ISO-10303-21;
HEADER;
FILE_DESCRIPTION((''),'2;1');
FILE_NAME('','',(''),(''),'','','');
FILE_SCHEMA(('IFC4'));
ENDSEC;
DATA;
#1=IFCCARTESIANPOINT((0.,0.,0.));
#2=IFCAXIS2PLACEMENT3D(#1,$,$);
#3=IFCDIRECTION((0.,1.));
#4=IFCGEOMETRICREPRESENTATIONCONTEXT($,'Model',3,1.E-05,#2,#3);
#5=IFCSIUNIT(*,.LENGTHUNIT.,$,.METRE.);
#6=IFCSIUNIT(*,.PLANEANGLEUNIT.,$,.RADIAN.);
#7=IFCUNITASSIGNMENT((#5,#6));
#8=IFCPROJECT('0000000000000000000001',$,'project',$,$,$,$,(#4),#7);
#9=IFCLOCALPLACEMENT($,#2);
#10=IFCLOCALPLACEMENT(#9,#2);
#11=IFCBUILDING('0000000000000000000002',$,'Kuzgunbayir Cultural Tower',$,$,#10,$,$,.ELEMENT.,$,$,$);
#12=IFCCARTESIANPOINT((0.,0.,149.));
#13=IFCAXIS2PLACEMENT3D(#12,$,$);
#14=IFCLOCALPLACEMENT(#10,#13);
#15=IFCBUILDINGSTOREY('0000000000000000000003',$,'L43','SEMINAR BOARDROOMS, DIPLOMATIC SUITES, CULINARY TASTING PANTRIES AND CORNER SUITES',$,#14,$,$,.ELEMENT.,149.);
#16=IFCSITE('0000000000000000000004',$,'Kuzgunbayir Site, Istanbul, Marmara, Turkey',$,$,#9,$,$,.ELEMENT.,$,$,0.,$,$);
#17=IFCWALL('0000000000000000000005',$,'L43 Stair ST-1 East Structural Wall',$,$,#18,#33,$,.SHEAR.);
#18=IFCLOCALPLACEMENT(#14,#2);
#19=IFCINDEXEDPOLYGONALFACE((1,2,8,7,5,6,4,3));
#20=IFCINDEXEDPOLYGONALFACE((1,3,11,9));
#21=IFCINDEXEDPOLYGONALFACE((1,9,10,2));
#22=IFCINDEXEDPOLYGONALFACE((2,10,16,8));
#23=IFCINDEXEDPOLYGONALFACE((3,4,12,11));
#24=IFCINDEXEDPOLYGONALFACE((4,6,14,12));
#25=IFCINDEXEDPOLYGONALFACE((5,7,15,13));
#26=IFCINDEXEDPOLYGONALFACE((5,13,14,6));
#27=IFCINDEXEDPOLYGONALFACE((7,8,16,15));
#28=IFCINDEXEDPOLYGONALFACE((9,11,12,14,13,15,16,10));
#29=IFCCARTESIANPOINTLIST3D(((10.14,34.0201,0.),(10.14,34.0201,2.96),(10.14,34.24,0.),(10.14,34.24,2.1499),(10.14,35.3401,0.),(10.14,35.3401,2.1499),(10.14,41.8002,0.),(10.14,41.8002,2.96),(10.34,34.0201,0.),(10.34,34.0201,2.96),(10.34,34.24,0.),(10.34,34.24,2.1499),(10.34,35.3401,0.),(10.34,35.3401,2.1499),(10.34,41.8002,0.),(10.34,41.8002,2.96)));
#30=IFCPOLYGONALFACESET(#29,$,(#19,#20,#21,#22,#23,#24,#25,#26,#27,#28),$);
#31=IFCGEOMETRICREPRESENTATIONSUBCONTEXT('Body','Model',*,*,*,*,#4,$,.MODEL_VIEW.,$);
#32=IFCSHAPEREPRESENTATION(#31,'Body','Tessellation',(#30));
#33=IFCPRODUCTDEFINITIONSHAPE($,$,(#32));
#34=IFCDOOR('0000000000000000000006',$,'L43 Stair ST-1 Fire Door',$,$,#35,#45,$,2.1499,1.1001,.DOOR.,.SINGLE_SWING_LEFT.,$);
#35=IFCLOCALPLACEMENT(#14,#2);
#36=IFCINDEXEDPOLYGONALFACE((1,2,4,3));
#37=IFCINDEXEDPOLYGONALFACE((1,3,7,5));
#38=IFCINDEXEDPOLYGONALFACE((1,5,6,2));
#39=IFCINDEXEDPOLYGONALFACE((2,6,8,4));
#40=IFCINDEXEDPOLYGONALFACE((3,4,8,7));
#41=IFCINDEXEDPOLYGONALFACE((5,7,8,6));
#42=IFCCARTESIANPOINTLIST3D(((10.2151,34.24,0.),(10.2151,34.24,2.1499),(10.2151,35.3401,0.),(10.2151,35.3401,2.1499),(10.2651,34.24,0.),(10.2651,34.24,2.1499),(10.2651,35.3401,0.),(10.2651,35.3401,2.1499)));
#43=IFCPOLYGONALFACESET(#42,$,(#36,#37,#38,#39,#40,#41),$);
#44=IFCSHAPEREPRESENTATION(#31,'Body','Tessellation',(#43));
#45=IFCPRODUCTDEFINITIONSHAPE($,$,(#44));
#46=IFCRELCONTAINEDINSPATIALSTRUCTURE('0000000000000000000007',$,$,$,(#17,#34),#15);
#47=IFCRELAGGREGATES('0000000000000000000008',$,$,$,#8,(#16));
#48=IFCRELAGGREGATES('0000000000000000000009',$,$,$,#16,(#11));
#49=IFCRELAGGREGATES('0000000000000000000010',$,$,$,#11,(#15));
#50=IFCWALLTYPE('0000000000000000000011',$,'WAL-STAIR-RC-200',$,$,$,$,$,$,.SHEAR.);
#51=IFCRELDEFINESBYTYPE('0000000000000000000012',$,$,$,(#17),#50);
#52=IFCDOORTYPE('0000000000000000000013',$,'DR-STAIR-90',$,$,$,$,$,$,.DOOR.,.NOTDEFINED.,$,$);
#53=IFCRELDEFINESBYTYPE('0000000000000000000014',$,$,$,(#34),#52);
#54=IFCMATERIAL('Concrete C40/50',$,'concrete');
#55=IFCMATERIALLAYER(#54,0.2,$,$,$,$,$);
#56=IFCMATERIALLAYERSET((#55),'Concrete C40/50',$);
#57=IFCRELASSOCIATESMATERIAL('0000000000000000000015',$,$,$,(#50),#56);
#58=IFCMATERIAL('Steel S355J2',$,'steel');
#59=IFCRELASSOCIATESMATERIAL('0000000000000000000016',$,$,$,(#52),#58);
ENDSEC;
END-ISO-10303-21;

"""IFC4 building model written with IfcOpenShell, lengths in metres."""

from ifc_helpers import new_model, si_unit, direction, frame, frame_2d, origin, place, context, subcontext, project, spatial, rectangle, extrude, material, layer, layer_set, type_object, element, fill, save


model = new_model("IFC4")

# Units and contexts
model_context = context("Model", 3, precision=1e-05, world=origin(), true_north=direction((0.0, 1.0)))
body_context = subcontext(model_context, "Body", "Model", "MODEL_VIEW")
ifc_project = project(units=[si_unit("LENGTHUNIT", "METRE"), si_unit("PLANEANGLEUNIT", "RADIAN")], contexts=[model_context])

# Site, building, storey
site_placement = place(None, origin())
site = spatial("IfcSite", under=ifc_project, at=site_placement, Name="Kuzgunbayir Site, Istanbul, Marmara, Turkey", CompositionType="ELEMENT", RefElevation=0.0)
building_placement = place(site_placement, origin())
building = spatial("IfcBuilding", under=site, at=building_placement, Name="Kuzgunbayir Cultural Tower", CompositionType="ELEMENT")
storey_placement = place(building_placement, frame((0.0, 0.0, 149.0)))
storey = spatial("IfcBuildingStorey", under=building, at=storey_placement, Name="L43", Description="SEMINAR BOARDROOMS, DIPLOMATIC SUITES, CULINARY TASTING PANTRIES AND CORNER SUITES", CompositionType="ELEMENT", Elevation=149.0)

# Shared definitions
ifc_material_1 = material(Name="Steel S355J2", Category="steel")

# Shared definitions
ifc_material_2 = material(Name="Concrete C40/50", Category="concrete")

# Wall, opening, door
ifc_layer_1 = layer(ifc_material_2, 0.2)
ifc_layer_set_1 = layer_set([ifc_layer_1], Name="Concrete C40/50")
wall_type_1 = type_object("IfcWallType", Name="WAL-STAIR-RC-200", PredefinedType="SHEAR", material=ifc_layer_set_1)
wall_1_placement = place(storey_placement, frame((10.24, 34.02, 0.0), z_axis=(0.0, 0.0, 1.0), x_axis=(0.0, 1.0, 0.0)))
wall_1 = element("IfcWall", 1, at=wall_1_placement, inside=storey, type_object=wall_type_1, Name="L43 Stair ST-1 East Structural Wall", PredefinedType="SHEAR", context=body_context, shape_type="SweptSolid", body=[
    extrude(rectangle(XDim=7.78, YDim=0.2, at=frame_2d((3.8901, 0.0))), origin(), (0.0, 0.0, 1.0), 2.96),
])
opening_1_placement = place(wall_1_placement, frame((0.22, 0.0, 0.0)))
opening_1 = element("IfcOpeningElement", 2, at=opening_1_placement, cuts=wall_1, PredefinedType="OPENING", context=body_context, shape_type="SweptSolid", body=[
    extrude(rectangle(XDim=1.1001, YDim=2.1499, at=frame_2d((0.55, 1.075))), frame((0.0, 0.1099, 0.0), z_axis=(0.0, -1.0, 0.0), x_axis=(1.0, 0.0, 0.0)), (0.0, 0.0, 1.0), 0.22),
])
door_type_1 = type_object("IfcDoorType", Name="DR-STAIR-90", OperationType="NOTDEFINED", PredefinedType="DOOR", material=ifc_material_1)
door_1_placement = place(opening_1_placement, origin())
door_1 = element("IfcDoor", 3, at=door_1_placement, inside=storey, type_object=door_type_1, Name="L43 Stair ST-1 Fire Door", OperationType="SINGLE_SWING_LEFT", OverallHeight=2.1499, OverallWidth=1.1001, PredefinedType="DOOR", context=body_context, shape_type="SweptSolid", body=[
    extrude(rectangle(XDim=1.1001, YDim=2.1499, at=frame_2d((0.55, 1.075))), frame((0.0, 0.0249, 0.0), z_axis=(0.0, -1.0, 0.0), x_axis=(1.0, 0.0, 0.0)), (0.0, 0.0, 1.0), 0.05),
])
fill(opening_1, door_1)

save(model, "model.ifc")
